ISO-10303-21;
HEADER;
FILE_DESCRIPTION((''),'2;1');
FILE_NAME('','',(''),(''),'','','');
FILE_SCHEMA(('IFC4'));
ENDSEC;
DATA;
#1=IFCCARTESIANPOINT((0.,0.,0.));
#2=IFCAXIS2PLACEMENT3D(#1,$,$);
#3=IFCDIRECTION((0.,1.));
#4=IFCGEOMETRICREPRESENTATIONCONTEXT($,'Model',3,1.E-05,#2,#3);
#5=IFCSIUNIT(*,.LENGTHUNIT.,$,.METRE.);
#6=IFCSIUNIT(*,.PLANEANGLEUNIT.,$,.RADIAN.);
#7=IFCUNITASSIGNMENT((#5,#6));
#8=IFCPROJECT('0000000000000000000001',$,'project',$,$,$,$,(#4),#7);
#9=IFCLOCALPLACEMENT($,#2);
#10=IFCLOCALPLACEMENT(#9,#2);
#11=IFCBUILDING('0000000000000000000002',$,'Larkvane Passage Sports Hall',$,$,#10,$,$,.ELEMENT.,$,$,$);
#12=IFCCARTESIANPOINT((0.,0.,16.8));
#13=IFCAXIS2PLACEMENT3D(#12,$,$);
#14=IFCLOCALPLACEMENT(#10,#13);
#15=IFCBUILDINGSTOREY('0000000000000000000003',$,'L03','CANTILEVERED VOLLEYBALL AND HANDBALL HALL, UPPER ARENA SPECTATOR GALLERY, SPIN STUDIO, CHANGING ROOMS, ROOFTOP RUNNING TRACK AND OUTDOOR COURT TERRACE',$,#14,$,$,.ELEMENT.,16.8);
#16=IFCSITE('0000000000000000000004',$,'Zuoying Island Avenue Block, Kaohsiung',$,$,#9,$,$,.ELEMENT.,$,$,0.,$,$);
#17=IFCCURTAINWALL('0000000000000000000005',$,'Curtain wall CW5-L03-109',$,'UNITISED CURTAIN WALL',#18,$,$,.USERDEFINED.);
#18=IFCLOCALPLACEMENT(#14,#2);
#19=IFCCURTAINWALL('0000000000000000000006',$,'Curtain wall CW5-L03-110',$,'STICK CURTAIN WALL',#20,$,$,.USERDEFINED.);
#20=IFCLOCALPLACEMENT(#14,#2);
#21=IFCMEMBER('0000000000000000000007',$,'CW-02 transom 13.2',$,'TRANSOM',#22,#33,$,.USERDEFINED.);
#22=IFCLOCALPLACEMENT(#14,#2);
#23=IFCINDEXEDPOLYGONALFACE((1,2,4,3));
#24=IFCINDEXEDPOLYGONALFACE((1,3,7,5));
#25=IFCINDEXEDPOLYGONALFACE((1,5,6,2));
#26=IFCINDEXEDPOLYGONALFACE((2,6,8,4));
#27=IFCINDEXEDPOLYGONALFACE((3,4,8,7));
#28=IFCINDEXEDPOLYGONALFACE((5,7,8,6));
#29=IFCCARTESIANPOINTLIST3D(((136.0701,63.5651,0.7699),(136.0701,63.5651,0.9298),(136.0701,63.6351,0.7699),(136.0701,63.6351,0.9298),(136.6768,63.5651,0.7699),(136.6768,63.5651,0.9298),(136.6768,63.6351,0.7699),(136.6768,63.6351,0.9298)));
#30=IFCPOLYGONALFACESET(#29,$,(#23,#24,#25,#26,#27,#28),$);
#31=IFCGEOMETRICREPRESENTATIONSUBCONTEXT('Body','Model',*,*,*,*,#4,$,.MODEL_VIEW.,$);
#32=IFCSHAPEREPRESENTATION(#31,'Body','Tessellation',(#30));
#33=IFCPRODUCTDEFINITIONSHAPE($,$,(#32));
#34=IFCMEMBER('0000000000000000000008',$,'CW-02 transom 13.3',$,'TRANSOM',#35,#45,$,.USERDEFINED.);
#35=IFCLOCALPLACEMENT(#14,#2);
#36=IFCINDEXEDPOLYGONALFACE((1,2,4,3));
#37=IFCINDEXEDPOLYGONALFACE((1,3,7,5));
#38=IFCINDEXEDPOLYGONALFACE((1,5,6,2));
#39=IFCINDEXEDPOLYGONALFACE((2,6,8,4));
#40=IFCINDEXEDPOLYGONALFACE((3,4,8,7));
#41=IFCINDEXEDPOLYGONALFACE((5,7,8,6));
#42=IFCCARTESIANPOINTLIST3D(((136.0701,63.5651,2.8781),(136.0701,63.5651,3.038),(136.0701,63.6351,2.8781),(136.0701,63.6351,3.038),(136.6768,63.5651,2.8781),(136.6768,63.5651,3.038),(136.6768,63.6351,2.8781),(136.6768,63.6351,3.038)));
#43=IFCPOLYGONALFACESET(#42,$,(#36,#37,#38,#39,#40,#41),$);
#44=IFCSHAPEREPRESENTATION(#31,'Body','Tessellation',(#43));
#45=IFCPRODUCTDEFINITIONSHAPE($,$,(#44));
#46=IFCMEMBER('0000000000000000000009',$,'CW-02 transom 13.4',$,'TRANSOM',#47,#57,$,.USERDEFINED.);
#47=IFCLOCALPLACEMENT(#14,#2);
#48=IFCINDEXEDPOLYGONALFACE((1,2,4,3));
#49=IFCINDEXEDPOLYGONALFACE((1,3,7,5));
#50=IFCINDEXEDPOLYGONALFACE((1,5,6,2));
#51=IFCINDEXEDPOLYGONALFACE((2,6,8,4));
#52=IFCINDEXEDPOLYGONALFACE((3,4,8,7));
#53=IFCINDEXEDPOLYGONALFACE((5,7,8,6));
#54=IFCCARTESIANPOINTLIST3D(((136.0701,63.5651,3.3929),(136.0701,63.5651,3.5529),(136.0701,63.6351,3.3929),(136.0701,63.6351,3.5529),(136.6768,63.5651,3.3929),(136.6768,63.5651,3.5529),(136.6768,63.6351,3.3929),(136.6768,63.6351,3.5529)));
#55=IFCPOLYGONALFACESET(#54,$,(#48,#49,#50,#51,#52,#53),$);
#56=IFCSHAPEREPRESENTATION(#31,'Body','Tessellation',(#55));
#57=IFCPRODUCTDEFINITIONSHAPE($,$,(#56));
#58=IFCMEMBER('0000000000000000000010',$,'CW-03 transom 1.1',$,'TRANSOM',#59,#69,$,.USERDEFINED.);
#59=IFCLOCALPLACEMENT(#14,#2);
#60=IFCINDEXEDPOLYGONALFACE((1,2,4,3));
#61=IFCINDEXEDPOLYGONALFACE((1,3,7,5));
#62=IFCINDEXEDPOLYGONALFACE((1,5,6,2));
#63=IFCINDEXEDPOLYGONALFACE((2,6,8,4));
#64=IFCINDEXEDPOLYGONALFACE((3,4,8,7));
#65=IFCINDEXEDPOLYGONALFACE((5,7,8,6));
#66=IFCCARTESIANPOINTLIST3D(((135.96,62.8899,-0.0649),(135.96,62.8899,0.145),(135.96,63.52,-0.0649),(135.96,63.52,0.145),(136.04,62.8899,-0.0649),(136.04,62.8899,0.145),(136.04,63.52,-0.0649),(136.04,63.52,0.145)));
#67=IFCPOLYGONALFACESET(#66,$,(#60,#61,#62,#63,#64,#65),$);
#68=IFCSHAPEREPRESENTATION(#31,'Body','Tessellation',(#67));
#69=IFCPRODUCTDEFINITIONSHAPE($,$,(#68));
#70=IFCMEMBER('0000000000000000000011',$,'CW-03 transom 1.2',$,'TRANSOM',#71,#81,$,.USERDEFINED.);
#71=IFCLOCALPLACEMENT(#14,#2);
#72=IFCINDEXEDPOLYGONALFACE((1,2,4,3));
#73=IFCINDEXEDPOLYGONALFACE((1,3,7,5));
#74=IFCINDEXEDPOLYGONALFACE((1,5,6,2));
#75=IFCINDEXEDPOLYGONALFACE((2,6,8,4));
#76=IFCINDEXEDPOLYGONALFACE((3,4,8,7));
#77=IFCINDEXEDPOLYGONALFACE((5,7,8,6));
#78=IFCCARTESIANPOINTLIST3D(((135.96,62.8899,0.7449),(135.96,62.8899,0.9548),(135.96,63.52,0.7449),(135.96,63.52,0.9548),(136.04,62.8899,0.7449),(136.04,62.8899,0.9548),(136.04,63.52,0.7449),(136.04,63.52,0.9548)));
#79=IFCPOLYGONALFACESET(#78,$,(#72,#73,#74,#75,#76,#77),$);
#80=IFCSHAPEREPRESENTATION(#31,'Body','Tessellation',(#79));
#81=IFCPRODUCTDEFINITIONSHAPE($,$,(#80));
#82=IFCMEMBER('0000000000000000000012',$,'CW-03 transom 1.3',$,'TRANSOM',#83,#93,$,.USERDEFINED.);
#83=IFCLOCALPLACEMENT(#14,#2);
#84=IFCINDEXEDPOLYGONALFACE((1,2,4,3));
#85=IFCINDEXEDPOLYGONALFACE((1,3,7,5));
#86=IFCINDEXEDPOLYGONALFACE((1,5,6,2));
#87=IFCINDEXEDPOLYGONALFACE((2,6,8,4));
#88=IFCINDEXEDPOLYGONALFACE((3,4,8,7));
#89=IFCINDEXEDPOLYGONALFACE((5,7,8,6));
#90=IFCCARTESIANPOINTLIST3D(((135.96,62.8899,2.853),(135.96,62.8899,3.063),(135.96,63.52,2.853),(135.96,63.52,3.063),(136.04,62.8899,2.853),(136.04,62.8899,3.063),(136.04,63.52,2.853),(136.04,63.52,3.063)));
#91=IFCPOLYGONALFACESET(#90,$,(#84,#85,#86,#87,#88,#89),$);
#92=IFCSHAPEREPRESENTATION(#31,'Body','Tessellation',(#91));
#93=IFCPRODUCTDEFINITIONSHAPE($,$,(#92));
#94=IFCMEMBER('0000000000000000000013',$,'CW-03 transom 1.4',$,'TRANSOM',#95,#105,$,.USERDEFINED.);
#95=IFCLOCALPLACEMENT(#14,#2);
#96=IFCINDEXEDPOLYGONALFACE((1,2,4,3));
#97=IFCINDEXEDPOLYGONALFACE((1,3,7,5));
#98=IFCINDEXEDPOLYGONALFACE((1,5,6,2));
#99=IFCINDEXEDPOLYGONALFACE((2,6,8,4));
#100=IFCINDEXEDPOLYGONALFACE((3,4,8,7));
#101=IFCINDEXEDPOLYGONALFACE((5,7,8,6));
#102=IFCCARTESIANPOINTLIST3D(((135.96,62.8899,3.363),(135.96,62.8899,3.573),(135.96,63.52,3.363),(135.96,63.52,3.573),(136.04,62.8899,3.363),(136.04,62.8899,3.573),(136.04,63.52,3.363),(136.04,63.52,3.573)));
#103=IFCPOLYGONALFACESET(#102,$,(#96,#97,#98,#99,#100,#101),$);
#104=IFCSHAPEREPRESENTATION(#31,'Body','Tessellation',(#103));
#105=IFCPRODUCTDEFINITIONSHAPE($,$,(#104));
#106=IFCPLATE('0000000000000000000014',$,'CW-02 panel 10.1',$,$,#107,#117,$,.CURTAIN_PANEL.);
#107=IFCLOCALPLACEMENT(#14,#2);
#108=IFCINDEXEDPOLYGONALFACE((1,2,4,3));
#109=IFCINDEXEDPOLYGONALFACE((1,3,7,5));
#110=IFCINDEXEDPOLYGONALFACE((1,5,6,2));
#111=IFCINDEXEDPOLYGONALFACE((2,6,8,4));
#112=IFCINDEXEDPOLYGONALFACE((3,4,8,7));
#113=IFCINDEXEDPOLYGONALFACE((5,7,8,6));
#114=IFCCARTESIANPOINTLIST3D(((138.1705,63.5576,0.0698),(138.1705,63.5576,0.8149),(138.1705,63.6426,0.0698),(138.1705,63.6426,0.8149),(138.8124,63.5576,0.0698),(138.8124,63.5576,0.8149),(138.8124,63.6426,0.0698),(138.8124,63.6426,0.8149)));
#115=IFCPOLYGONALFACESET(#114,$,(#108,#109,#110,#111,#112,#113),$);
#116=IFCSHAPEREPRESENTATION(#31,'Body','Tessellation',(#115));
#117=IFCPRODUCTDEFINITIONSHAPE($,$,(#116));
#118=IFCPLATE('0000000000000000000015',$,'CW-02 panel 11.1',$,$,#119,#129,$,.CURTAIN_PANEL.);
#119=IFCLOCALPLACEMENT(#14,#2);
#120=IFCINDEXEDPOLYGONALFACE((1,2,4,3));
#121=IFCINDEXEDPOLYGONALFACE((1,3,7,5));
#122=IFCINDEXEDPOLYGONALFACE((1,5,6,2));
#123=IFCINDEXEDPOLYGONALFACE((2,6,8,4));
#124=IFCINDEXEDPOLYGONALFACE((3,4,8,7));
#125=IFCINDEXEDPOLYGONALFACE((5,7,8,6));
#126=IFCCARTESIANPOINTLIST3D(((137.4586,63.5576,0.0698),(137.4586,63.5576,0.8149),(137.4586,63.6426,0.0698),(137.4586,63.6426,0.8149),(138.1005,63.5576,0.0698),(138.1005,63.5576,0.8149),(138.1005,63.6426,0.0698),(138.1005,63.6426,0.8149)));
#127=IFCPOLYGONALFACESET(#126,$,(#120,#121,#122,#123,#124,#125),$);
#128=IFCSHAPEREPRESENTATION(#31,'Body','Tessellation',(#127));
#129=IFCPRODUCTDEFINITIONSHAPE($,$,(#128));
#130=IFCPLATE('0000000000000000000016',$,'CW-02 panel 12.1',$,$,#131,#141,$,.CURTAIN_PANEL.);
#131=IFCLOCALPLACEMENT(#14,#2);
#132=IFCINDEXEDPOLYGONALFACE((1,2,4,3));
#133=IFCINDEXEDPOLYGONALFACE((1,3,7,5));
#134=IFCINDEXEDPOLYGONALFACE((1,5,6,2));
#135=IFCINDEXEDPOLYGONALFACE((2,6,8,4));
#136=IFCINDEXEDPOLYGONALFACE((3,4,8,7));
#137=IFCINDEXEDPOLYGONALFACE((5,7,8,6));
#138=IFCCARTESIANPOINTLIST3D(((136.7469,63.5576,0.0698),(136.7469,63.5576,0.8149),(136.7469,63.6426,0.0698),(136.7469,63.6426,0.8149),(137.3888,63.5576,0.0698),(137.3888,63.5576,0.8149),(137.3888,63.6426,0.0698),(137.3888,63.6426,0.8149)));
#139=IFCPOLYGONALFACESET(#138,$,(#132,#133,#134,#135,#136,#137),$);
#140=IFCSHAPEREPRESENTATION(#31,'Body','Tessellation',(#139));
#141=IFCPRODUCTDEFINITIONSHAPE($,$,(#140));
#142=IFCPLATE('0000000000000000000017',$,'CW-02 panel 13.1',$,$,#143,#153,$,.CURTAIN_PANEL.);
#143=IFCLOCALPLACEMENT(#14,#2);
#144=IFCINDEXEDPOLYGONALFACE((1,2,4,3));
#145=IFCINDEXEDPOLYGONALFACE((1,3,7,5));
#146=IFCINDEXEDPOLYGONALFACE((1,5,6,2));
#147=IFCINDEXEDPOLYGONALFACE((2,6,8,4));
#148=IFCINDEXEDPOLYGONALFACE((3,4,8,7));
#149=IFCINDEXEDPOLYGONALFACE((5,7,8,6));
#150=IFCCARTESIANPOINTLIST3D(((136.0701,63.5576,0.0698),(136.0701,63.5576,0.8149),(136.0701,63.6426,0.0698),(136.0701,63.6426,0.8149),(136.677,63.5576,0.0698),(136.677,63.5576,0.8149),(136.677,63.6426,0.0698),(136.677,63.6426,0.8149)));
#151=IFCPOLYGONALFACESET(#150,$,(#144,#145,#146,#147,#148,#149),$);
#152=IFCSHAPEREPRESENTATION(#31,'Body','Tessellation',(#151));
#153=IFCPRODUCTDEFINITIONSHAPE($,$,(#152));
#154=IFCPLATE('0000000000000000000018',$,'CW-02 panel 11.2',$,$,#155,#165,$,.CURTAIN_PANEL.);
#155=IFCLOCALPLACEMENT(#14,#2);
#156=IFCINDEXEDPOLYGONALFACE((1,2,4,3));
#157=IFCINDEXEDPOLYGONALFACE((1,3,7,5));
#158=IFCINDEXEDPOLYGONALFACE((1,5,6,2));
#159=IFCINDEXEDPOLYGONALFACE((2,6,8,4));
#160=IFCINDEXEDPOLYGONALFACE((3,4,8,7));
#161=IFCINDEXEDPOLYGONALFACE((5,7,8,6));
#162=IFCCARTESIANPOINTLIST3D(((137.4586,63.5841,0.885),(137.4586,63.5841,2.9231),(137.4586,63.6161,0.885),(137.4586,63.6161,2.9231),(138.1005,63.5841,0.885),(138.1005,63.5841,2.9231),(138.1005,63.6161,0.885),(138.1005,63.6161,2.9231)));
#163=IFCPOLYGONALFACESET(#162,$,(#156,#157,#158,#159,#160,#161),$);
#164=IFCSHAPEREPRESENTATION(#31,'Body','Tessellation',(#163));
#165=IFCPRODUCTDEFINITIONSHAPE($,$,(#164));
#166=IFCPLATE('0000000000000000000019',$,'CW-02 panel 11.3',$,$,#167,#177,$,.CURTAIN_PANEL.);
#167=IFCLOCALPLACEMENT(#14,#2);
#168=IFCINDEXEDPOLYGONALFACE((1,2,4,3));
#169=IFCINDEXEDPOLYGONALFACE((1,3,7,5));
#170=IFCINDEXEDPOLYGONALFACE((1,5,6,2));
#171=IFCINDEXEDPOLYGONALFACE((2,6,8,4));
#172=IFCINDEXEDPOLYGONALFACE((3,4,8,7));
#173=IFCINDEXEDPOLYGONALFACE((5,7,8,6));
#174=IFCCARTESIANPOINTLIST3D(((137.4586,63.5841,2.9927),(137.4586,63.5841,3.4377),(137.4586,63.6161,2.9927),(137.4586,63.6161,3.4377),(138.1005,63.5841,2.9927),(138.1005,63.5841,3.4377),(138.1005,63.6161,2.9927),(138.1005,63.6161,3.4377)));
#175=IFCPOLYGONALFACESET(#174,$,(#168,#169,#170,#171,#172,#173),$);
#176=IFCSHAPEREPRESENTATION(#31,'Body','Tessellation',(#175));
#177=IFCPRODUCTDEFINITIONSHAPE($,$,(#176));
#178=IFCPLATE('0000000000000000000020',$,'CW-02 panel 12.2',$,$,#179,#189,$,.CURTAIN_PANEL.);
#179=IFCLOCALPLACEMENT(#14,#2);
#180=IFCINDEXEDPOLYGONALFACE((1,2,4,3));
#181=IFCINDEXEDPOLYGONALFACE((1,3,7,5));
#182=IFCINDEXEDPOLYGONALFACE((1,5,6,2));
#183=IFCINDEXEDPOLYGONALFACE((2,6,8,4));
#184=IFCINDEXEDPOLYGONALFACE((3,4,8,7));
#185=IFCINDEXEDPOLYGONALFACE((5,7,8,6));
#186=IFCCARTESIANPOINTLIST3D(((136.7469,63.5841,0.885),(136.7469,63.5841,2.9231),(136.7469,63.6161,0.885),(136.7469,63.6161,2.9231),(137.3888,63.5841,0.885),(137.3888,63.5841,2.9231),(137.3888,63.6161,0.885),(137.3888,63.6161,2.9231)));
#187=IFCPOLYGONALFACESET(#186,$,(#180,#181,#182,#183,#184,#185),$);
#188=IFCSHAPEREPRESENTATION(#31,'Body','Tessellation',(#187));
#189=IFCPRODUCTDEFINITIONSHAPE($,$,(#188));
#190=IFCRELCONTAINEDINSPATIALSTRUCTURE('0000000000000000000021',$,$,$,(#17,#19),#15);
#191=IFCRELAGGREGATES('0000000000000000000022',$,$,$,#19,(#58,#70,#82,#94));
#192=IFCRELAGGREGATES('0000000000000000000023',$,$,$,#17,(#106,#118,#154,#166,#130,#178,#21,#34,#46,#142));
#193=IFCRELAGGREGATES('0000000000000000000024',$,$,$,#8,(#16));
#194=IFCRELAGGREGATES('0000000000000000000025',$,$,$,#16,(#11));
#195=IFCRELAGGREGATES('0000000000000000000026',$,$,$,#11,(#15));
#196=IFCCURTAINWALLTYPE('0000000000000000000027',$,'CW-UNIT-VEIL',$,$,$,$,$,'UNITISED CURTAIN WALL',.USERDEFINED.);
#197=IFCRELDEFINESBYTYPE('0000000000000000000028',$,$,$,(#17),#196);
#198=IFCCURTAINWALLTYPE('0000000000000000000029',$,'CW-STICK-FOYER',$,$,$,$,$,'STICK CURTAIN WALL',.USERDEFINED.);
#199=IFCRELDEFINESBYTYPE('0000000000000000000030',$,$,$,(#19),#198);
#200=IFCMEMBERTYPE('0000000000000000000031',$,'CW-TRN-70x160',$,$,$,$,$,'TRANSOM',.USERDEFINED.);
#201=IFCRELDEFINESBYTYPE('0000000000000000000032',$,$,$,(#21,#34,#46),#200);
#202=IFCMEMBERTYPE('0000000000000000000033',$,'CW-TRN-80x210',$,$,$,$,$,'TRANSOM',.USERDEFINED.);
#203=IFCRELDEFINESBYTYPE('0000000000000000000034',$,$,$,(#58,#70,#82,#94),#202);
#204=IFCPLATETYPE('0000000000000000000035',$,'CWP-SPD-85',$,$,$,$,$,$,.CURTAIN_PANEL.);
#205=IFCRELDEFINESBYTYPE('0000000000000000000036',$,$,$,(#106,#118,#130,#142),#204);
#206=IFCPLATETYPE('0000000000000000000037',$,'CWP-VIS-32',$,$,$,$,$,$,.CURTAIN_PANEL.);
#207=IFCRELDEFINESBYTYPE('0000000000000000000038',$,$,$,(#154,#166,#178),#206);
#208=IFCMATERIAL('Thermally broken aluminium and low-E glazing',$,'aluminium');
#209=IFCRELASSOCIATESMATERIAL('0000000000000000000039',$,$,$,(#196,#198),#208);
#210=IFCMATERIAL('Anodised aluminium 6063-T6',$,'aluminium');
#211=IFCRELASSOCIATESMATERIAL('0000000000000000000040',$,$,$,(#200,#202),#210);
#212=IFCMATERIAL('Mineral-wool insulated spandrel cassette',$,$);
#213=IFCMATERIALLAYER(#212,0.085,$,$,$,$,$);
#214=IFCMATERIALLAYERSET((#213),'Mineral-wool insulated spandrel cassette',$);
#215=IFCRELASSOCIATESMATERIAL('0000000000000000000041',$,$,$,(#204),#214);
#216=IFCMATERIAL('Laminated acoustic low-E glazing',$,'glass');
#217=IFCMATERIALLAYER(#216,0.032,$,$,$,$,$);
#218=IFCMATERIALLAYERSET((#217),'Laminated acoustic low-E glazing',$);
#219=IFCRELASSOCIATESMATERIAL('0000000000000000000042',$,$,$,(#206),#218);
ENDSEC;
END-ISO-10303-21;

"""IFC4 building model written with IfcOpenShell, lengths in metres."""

from ifc_helpers import new_model, si_unit, direction, frame, origin, origin_2d, place, context, subcontext, project, spatial, rectangle, extrude, material, layer, layer_set, material_profile, profile_set, type_object, element, aggregate, save


model = new_model("IFC4")

# Units and contexts
model_context = context("Model", 3, precision=1e-05, world=origin(), true_north=direction((0.0, 1.0)))
body_context = subcontext(model_context, "Body", "Model", "MODEL_VIEW")
ifc_project = project(units=[si_unit("LENGTHUNIT", "METRE"), si_unit("PLANEANGLEUNIT", "RADIAN")], contexts=[model_context])

# Site, building, storey
site_placement = place(None, origin())
site = spatial("IfcSite", under=ifc_project, at=site_placement, Name="Zuoying Island Avenue Block, Kaohsiung", CompositionType="ELEMENT", RefElevation=0.0)
building_placement = place(site_placement, origin())
building = spatial("IfcBuilding", under=site, at=building_placement, Name="Larkvane Passage Sports Hall", CompositionType="ELEMENT")
storey_placement = place(building_placement, frame((0.0, 0.0, 16.8)))
storey = spatial("IfcBuildingStorey", under=building, at=storey_placement, Name="L03", Description="CANTILEVERED VOLLEYBALL AND HANDBALL HALL, UPPER ARENA SPECTATOR GALLERY, SPIN STUDIO, CHANGING ROOMS, ROOFTOP RUNNING TRACK AND OUTDOOR COURT TERRACE", CompositionType="ELEMENT", Elevation=16.8)

# Curtain wall
ifc_material_1 = material(Name="Thermally broken aluminium and low-E glazing", Category="aluminium")
curtain_wall_type_1 = type_object("IfcCurtainWallType", Name="CW-UNIT-VEIL", ElementType="UNITISED CURTAIN WALL", PredefinedType="USERDEFINED", material=ifc_material_1)
curtain_wall_1_placement = place(storey_placement, origin())
curtain_wall_1 = element("IfcCurtainWall", 1, at=curtain_wall_1_placement, inside=storey, type_object=curtain_wall_type_1, Name="Curtain wall CW5-L03-109", ObjectType="UNITISED CURTAIN WALL", PredefinedType="USERDEFINED")
ifc_material_2 = material(Name="Anodised aluminium 6063-T6", Category="aluminium")

# Curtain wall
curtain_wall_type_2 = type_object("IfcCurtainWallType", Name="CW-STICK-FOYER", ElementType="STICK CURTAIN WALL", PredefinedType="USERDEFINED", material=ifc_material_1)
curtain_wall_2_placement = place(storey_placement, origin())
curtain_wall_2 = element("IfcCurtainWall", 2, at=curtain_wall_2_placement, inside=storey, type_object=curtain_wall_type_2, Name="Curtain wall CW5-L03-110", ObjectType="STICK CURTAIN WALL", PredefinedType="USERDEFINED")

# Members
ifc_material_profile_1 = material_profile(ifc_material_2, rectangle(XDim=0.0701, YDim=0.1599, at=origin_2d()), Name="ALU-TRN-70x160")
ifc_profile_set_1 = profile_set([ifc_material_profile_1], Name="Anodised aluminium 6063-T6")
member_type_1 = type_object("IfcMemberType", Name="CW-TRN-70x160", ElementType="TRANSOM", PredefinedType="USERDEFINED", material=ifc_profile_set_1)
member_1_placement = place(storey_placement, frame((136.6768, 63.6001, 0.8499), z_axis=(-1.0, 0.0, 0.0), x_axis=(0.0, -1.0, 0.0)))
member_1 = element("IfcMember", 3, at=member_1_placement, type_object=member_type_1, Name="CW-02 transom 13.2", ObjectType="TRANSOM", PredefinedType="USERDEFINED", context=body_context, shape_type="SweptSolid", body=[
    extrude(rectangle(XDim=0.0701, YDim=0.1599, at=origin_2d()), origin(), (0.0, 0.0, 1.0), 0.6067),
])
member_2_placement = place(storey_placement, frame((136.6768, 63.6001, 2.958), z_axis=(-1.0, 0.0, 0.0), x_axis=(0.0, -1.0, 0.0)))
member_2 = element("IfcMember", 4, at=member_2_placement, type_object=member_type_1, Name="CW-02 transom 13.3", ObjectType="TRANSOM", PredefinedType="USERDEFINED", context=body_context, shape_type="SweptSolid", body=[
    extrude(rectangle(XDim=0.0701, YDim=0.1599, at=origin_2d()), origin(), (0.0, 0.0, 1.0), 0.6067),
])
member_3_placement = place(storey_placement, frame((136.6768, 63.6001, 3.4729), z_axis=(-1.0, 0.0, 0.0), x_axis=(0.0, -1.0, 0.0)))
member_3 = element("IfcMember", 5, at=member_3_placement, type_object=member_type_1, Name="CW-02 transom 13.4", ObjectType="TRANSOM", PredefinedType="USERDEFINED", context=body_context, shape_type="SweptSolid", body=[
    extrude(rectangle(XDim=0.0701, YDim=0.1599, at=origin_2d()), origin(), (0.0, 0.0, 1.0), 0.6067),
])
ifc_material_profile_2 = material_profile(ifc_material_2, rectangle(XDim=0.0801, YDim=0.21, at=origin_2d()), Name="ALU-TRN-80x210")
ifc_profile_set_2 = profile_set([ifc_material_profile_2], Name="Anodised aluminium 6063-T6")
member_type_2 = type_object("IfcMemberType", Name="CW-TRN-80x210", ElementType="TRANSOM", PredefinedType="USERDEFINED", material=ifc_profile_set_2)
member_4_placement = place(storey_placement, frame((136.0, 63.52, 0.04), z_axis=(0.0, -1.0, 0.0), x_axis=(1.0, 0.0, 0.0)))
member_4 = element("IfcMember", 6, at=member_4_placement, type_object=member_type_2, Name="CW-03 transom 1.1", ObjectType="TRANSOM", PredefinedType="USERDEFINED", context=body_context, shape_type="SweptSolid", body=[
    extrude(rectangle(XDim=0.0801, YDim=0.21, at=origin_2d()), origin(), (0.0, 0.0, 1.0), 0.6301),
])
member_5_placement = place(storey_placement, frame((136.0, 63.52, 0.8499), z_axis=(0.0, -1.0, 0.0), x_axis=(1.0, 0.0, 0.0)))
member_5 = element("IfcMember", 7, at=member_5_placement, type_object=member_type_2, Name="CW-03 transom 1.2", ObjectType="TRANSOM", PredefinedType="USERDEFINED", context=body_context, shape_type="SweptSolid", body=[
    extrude(rectangle(XDim=0.0801, YDim=0.21, at=origin_2d()), origin(), (0.0, 0.0, 1.0), 0.6301),
])
member_6_placement = place(storey_placement, frame((136.0, 63.52, 2.958), z_axis=(0.0, -1.0, 0.0), x_axis=(1.0, 0.0, 0.0)))
member_6 = element("IfcMember", 8, at=member_6_placement, type_object=member_type_2, Name="CW-03 transom 1.3", ObjectType="TRANSOM", PredefinedType="USERDEFINED", context=body_context, shape_type="SweptSolid", body=[
    extrude(rectangle(XDim=0.0801, YDim=0.21, at=origin_2d()), origin(), (0.0, 0.0, 1.0), 0.6301),
])
member_7_placement = place(storey_placement, frame((136.0, 63.52, 3.468), z_axis=(0.0, -1.0, 0.0), x_axis=(1.0, 0.0, 0.0)))
member_7 = element("IfcMember", 9, at=member_7_placement, type_object=member_type_2, Name="CW-03 transom 1.4", ObjectType="TRANSOM", PredefinedType="USERDEFINED", context=body_context, shape_type="SweptSolid", body=[
    extrude(rectangle(XDim=0.0801, YDim=0.21, at=origin_2d()), origin(), (0.0, 0.0, 1.0), 0.6301),
])
aggregate(curtain_wall_2, [member_4, member_5, member_6, member_7])

# Plates
ifc_material_3 = material(Name="Mineral-wool insulated spandrel cassette")
ifc_layer_1 = layer(ifc_material_3, 0.085)
ifc_layer_set_1 = layer_set([ifc_layer_1], Name="Mineral-wool insulated spandrel cassette")
plate_type_1 = type_object("IfcPlateType", Name="CWP-SPD-85", PredefinedType="CURTAIN_PANEL", material=ifc_layer_set_1)
plate_1_placement = place(storey_placement, frame((138.4915, 63.6001, 0.0698), z_axis=(0.0, 0.0, 1.0), x_axis=(-1.0, 0.0, 0.0)))
plate_1 = element("IfcPlate", 10, at=plate_1_placement, type_object=plate_type_1, Name="CW-02 panel 10.1", PredefinedType="CURTAIN_PANEL", context=body_context, shape_type="SweptSolid", body=[
    extrude(rectangle(XDim=0.6418, YDim=0.085, at=origin_2d()), origin(), (0.0, 0.0, 1.0), 0.7451),
])
plate_2_placement = place(storey_placement, frame((137.7795, 63.6001, 0.0698), z_axis=(0.0, 0.0, 1.0), x_axis=(-1.0, 0.0, 0.0)))
plate_2 = element("IfcPlate", 11, at=plate_2_placement, type_object=plate_type_1, Name="CW-02 panel 11.1", PredefinedType="CURTAIN_PANEL", context=body_context, shape_type="SweptSolid", body=[
    extrude(rectangle(XDim=0.6418, YDim=0.085, at=origin_2d()), origin(), (0.0, 0.0, 1.0), 0.7451),
])
plate_3_placement = place(storey_placement, frame((137.0679, 63.6001, 0.0698), z_axis=(0.0, 0.0, 1.0), x_axis=(-1.0, 0.0, 0.0)))
plate_3 = element("IfcPlate", 12, at=plate_3_placement, type_object=plate_type_1, Name="CW-02 panel 12.1", PredefinedType="CURTAIN_PANEL", context=body_context, shape_type="SweptSolid", body=[
    extrude(rectangle(XDim=0.6418, YDim=0.085, at=origin_2d()), origin(), (0.0, 0.0, 1.0), 0.7451),
])
plate_4_placement = place(storey_placement, frame((136.3735, 63.6001, 0.0698), z_axis=(0.0, 0.0, 1.0), x_axis=(-1.0, 0.0, 0.0)))
plate_4 = element("IfcPlate", 13, at=plate_4_placement, type_object=plate_type_1, Name="CW-02 panel 13.1", PredefinedType="CURTAIN_PANEL", context=body_context, shape_type="SweptSolid", body=[
    extrude(rectangle(XDim=0.6069, YDim=0.085, at=origin_2d()), origin(), (0.0, 0.0, 1.0), 0.7451),
])
ifc_material_4 = material(Name="Laminated acoustic low-E glazing", Category="glass")
ifc_layer_2 = layer(ifc_material_4, 0.032)
ifc_layer_set_2 = layer_set([ifc_layer_2], Name="Laminated acoustic low-E glazing")
plate_type_2 = type_object("IfcPlateType", Name="CWP-VIS-32", PredefinedType="CURTAIN_PANEL", material=ifc_layer_set_2)
plate_5_placement = place(storey_placement, frame((137.7795, 63.6001, 0.885), z_axis=(0.0, 0.0, 1.0), x_axis=(-1.0, 0.0, 0.0)))
plate_5 = element("IfcPlate", 14, at=plate_5_placement, type_object=plate_type_2, Name="CW-02 panel 11.2", PredefinedType="CURTAIN_PANEL", context=body_context, shape_type="SweptSolid", body=[
    extrude(rectangle(XDim=0.6418, YDim=0.032, at=origin_2d()), origin(), (0.0, 0.0, 1.0), 2.0381),
])
plate_6_placement = place(storey_placement, frame((137.7795, 63.6001, 2.9927), z_axis=(0.0, 0.0, 1.0), x_axis=(-1.0, 0.0, 0.0)))
plate_6 = element("IfcPlate", 15, at=plate_6_placement, type_object=plate_type_2, Name="CW-02 panel 11.3", PredefinedType="CURTAIN_PANEL", context=body_context, shape_type="SweptSolid", body=[
    extrude(rectangle(XDim=0.6418, YDim=0.032, at=origin_2d()), origin(), (0.0, 0.0, 1.0), 0.4451),
])
plate_7_placement = place(storey_placement, frame((137.0679, 63.6001, 0.885), z_axis=(0.0, 0.0, 1.0), x_axis=(-1.0, 0.0, 0.0)))
plate_7 = element("IfcPlate", 16, at=plate_7_placement, type_object=plate_type_2, Name="CW-02 panel 12.2", PredefinedType="CURTAIN_PANEL", context=body_context, shape_type="SweptSolid", body=[
    extrude(rectangle(XDim=0.6418, YDim=0.032, at=origin_2d()), origin(), (0.0, 0.0, 1.0), 2.0381),
])
aggregate(curtain_wall_1, [plate_1, plate_2, plate_5, plate_6, plate_3, plate_7, member_1, member_2, member_3, plate_4])

save(model, "model.ifc")
